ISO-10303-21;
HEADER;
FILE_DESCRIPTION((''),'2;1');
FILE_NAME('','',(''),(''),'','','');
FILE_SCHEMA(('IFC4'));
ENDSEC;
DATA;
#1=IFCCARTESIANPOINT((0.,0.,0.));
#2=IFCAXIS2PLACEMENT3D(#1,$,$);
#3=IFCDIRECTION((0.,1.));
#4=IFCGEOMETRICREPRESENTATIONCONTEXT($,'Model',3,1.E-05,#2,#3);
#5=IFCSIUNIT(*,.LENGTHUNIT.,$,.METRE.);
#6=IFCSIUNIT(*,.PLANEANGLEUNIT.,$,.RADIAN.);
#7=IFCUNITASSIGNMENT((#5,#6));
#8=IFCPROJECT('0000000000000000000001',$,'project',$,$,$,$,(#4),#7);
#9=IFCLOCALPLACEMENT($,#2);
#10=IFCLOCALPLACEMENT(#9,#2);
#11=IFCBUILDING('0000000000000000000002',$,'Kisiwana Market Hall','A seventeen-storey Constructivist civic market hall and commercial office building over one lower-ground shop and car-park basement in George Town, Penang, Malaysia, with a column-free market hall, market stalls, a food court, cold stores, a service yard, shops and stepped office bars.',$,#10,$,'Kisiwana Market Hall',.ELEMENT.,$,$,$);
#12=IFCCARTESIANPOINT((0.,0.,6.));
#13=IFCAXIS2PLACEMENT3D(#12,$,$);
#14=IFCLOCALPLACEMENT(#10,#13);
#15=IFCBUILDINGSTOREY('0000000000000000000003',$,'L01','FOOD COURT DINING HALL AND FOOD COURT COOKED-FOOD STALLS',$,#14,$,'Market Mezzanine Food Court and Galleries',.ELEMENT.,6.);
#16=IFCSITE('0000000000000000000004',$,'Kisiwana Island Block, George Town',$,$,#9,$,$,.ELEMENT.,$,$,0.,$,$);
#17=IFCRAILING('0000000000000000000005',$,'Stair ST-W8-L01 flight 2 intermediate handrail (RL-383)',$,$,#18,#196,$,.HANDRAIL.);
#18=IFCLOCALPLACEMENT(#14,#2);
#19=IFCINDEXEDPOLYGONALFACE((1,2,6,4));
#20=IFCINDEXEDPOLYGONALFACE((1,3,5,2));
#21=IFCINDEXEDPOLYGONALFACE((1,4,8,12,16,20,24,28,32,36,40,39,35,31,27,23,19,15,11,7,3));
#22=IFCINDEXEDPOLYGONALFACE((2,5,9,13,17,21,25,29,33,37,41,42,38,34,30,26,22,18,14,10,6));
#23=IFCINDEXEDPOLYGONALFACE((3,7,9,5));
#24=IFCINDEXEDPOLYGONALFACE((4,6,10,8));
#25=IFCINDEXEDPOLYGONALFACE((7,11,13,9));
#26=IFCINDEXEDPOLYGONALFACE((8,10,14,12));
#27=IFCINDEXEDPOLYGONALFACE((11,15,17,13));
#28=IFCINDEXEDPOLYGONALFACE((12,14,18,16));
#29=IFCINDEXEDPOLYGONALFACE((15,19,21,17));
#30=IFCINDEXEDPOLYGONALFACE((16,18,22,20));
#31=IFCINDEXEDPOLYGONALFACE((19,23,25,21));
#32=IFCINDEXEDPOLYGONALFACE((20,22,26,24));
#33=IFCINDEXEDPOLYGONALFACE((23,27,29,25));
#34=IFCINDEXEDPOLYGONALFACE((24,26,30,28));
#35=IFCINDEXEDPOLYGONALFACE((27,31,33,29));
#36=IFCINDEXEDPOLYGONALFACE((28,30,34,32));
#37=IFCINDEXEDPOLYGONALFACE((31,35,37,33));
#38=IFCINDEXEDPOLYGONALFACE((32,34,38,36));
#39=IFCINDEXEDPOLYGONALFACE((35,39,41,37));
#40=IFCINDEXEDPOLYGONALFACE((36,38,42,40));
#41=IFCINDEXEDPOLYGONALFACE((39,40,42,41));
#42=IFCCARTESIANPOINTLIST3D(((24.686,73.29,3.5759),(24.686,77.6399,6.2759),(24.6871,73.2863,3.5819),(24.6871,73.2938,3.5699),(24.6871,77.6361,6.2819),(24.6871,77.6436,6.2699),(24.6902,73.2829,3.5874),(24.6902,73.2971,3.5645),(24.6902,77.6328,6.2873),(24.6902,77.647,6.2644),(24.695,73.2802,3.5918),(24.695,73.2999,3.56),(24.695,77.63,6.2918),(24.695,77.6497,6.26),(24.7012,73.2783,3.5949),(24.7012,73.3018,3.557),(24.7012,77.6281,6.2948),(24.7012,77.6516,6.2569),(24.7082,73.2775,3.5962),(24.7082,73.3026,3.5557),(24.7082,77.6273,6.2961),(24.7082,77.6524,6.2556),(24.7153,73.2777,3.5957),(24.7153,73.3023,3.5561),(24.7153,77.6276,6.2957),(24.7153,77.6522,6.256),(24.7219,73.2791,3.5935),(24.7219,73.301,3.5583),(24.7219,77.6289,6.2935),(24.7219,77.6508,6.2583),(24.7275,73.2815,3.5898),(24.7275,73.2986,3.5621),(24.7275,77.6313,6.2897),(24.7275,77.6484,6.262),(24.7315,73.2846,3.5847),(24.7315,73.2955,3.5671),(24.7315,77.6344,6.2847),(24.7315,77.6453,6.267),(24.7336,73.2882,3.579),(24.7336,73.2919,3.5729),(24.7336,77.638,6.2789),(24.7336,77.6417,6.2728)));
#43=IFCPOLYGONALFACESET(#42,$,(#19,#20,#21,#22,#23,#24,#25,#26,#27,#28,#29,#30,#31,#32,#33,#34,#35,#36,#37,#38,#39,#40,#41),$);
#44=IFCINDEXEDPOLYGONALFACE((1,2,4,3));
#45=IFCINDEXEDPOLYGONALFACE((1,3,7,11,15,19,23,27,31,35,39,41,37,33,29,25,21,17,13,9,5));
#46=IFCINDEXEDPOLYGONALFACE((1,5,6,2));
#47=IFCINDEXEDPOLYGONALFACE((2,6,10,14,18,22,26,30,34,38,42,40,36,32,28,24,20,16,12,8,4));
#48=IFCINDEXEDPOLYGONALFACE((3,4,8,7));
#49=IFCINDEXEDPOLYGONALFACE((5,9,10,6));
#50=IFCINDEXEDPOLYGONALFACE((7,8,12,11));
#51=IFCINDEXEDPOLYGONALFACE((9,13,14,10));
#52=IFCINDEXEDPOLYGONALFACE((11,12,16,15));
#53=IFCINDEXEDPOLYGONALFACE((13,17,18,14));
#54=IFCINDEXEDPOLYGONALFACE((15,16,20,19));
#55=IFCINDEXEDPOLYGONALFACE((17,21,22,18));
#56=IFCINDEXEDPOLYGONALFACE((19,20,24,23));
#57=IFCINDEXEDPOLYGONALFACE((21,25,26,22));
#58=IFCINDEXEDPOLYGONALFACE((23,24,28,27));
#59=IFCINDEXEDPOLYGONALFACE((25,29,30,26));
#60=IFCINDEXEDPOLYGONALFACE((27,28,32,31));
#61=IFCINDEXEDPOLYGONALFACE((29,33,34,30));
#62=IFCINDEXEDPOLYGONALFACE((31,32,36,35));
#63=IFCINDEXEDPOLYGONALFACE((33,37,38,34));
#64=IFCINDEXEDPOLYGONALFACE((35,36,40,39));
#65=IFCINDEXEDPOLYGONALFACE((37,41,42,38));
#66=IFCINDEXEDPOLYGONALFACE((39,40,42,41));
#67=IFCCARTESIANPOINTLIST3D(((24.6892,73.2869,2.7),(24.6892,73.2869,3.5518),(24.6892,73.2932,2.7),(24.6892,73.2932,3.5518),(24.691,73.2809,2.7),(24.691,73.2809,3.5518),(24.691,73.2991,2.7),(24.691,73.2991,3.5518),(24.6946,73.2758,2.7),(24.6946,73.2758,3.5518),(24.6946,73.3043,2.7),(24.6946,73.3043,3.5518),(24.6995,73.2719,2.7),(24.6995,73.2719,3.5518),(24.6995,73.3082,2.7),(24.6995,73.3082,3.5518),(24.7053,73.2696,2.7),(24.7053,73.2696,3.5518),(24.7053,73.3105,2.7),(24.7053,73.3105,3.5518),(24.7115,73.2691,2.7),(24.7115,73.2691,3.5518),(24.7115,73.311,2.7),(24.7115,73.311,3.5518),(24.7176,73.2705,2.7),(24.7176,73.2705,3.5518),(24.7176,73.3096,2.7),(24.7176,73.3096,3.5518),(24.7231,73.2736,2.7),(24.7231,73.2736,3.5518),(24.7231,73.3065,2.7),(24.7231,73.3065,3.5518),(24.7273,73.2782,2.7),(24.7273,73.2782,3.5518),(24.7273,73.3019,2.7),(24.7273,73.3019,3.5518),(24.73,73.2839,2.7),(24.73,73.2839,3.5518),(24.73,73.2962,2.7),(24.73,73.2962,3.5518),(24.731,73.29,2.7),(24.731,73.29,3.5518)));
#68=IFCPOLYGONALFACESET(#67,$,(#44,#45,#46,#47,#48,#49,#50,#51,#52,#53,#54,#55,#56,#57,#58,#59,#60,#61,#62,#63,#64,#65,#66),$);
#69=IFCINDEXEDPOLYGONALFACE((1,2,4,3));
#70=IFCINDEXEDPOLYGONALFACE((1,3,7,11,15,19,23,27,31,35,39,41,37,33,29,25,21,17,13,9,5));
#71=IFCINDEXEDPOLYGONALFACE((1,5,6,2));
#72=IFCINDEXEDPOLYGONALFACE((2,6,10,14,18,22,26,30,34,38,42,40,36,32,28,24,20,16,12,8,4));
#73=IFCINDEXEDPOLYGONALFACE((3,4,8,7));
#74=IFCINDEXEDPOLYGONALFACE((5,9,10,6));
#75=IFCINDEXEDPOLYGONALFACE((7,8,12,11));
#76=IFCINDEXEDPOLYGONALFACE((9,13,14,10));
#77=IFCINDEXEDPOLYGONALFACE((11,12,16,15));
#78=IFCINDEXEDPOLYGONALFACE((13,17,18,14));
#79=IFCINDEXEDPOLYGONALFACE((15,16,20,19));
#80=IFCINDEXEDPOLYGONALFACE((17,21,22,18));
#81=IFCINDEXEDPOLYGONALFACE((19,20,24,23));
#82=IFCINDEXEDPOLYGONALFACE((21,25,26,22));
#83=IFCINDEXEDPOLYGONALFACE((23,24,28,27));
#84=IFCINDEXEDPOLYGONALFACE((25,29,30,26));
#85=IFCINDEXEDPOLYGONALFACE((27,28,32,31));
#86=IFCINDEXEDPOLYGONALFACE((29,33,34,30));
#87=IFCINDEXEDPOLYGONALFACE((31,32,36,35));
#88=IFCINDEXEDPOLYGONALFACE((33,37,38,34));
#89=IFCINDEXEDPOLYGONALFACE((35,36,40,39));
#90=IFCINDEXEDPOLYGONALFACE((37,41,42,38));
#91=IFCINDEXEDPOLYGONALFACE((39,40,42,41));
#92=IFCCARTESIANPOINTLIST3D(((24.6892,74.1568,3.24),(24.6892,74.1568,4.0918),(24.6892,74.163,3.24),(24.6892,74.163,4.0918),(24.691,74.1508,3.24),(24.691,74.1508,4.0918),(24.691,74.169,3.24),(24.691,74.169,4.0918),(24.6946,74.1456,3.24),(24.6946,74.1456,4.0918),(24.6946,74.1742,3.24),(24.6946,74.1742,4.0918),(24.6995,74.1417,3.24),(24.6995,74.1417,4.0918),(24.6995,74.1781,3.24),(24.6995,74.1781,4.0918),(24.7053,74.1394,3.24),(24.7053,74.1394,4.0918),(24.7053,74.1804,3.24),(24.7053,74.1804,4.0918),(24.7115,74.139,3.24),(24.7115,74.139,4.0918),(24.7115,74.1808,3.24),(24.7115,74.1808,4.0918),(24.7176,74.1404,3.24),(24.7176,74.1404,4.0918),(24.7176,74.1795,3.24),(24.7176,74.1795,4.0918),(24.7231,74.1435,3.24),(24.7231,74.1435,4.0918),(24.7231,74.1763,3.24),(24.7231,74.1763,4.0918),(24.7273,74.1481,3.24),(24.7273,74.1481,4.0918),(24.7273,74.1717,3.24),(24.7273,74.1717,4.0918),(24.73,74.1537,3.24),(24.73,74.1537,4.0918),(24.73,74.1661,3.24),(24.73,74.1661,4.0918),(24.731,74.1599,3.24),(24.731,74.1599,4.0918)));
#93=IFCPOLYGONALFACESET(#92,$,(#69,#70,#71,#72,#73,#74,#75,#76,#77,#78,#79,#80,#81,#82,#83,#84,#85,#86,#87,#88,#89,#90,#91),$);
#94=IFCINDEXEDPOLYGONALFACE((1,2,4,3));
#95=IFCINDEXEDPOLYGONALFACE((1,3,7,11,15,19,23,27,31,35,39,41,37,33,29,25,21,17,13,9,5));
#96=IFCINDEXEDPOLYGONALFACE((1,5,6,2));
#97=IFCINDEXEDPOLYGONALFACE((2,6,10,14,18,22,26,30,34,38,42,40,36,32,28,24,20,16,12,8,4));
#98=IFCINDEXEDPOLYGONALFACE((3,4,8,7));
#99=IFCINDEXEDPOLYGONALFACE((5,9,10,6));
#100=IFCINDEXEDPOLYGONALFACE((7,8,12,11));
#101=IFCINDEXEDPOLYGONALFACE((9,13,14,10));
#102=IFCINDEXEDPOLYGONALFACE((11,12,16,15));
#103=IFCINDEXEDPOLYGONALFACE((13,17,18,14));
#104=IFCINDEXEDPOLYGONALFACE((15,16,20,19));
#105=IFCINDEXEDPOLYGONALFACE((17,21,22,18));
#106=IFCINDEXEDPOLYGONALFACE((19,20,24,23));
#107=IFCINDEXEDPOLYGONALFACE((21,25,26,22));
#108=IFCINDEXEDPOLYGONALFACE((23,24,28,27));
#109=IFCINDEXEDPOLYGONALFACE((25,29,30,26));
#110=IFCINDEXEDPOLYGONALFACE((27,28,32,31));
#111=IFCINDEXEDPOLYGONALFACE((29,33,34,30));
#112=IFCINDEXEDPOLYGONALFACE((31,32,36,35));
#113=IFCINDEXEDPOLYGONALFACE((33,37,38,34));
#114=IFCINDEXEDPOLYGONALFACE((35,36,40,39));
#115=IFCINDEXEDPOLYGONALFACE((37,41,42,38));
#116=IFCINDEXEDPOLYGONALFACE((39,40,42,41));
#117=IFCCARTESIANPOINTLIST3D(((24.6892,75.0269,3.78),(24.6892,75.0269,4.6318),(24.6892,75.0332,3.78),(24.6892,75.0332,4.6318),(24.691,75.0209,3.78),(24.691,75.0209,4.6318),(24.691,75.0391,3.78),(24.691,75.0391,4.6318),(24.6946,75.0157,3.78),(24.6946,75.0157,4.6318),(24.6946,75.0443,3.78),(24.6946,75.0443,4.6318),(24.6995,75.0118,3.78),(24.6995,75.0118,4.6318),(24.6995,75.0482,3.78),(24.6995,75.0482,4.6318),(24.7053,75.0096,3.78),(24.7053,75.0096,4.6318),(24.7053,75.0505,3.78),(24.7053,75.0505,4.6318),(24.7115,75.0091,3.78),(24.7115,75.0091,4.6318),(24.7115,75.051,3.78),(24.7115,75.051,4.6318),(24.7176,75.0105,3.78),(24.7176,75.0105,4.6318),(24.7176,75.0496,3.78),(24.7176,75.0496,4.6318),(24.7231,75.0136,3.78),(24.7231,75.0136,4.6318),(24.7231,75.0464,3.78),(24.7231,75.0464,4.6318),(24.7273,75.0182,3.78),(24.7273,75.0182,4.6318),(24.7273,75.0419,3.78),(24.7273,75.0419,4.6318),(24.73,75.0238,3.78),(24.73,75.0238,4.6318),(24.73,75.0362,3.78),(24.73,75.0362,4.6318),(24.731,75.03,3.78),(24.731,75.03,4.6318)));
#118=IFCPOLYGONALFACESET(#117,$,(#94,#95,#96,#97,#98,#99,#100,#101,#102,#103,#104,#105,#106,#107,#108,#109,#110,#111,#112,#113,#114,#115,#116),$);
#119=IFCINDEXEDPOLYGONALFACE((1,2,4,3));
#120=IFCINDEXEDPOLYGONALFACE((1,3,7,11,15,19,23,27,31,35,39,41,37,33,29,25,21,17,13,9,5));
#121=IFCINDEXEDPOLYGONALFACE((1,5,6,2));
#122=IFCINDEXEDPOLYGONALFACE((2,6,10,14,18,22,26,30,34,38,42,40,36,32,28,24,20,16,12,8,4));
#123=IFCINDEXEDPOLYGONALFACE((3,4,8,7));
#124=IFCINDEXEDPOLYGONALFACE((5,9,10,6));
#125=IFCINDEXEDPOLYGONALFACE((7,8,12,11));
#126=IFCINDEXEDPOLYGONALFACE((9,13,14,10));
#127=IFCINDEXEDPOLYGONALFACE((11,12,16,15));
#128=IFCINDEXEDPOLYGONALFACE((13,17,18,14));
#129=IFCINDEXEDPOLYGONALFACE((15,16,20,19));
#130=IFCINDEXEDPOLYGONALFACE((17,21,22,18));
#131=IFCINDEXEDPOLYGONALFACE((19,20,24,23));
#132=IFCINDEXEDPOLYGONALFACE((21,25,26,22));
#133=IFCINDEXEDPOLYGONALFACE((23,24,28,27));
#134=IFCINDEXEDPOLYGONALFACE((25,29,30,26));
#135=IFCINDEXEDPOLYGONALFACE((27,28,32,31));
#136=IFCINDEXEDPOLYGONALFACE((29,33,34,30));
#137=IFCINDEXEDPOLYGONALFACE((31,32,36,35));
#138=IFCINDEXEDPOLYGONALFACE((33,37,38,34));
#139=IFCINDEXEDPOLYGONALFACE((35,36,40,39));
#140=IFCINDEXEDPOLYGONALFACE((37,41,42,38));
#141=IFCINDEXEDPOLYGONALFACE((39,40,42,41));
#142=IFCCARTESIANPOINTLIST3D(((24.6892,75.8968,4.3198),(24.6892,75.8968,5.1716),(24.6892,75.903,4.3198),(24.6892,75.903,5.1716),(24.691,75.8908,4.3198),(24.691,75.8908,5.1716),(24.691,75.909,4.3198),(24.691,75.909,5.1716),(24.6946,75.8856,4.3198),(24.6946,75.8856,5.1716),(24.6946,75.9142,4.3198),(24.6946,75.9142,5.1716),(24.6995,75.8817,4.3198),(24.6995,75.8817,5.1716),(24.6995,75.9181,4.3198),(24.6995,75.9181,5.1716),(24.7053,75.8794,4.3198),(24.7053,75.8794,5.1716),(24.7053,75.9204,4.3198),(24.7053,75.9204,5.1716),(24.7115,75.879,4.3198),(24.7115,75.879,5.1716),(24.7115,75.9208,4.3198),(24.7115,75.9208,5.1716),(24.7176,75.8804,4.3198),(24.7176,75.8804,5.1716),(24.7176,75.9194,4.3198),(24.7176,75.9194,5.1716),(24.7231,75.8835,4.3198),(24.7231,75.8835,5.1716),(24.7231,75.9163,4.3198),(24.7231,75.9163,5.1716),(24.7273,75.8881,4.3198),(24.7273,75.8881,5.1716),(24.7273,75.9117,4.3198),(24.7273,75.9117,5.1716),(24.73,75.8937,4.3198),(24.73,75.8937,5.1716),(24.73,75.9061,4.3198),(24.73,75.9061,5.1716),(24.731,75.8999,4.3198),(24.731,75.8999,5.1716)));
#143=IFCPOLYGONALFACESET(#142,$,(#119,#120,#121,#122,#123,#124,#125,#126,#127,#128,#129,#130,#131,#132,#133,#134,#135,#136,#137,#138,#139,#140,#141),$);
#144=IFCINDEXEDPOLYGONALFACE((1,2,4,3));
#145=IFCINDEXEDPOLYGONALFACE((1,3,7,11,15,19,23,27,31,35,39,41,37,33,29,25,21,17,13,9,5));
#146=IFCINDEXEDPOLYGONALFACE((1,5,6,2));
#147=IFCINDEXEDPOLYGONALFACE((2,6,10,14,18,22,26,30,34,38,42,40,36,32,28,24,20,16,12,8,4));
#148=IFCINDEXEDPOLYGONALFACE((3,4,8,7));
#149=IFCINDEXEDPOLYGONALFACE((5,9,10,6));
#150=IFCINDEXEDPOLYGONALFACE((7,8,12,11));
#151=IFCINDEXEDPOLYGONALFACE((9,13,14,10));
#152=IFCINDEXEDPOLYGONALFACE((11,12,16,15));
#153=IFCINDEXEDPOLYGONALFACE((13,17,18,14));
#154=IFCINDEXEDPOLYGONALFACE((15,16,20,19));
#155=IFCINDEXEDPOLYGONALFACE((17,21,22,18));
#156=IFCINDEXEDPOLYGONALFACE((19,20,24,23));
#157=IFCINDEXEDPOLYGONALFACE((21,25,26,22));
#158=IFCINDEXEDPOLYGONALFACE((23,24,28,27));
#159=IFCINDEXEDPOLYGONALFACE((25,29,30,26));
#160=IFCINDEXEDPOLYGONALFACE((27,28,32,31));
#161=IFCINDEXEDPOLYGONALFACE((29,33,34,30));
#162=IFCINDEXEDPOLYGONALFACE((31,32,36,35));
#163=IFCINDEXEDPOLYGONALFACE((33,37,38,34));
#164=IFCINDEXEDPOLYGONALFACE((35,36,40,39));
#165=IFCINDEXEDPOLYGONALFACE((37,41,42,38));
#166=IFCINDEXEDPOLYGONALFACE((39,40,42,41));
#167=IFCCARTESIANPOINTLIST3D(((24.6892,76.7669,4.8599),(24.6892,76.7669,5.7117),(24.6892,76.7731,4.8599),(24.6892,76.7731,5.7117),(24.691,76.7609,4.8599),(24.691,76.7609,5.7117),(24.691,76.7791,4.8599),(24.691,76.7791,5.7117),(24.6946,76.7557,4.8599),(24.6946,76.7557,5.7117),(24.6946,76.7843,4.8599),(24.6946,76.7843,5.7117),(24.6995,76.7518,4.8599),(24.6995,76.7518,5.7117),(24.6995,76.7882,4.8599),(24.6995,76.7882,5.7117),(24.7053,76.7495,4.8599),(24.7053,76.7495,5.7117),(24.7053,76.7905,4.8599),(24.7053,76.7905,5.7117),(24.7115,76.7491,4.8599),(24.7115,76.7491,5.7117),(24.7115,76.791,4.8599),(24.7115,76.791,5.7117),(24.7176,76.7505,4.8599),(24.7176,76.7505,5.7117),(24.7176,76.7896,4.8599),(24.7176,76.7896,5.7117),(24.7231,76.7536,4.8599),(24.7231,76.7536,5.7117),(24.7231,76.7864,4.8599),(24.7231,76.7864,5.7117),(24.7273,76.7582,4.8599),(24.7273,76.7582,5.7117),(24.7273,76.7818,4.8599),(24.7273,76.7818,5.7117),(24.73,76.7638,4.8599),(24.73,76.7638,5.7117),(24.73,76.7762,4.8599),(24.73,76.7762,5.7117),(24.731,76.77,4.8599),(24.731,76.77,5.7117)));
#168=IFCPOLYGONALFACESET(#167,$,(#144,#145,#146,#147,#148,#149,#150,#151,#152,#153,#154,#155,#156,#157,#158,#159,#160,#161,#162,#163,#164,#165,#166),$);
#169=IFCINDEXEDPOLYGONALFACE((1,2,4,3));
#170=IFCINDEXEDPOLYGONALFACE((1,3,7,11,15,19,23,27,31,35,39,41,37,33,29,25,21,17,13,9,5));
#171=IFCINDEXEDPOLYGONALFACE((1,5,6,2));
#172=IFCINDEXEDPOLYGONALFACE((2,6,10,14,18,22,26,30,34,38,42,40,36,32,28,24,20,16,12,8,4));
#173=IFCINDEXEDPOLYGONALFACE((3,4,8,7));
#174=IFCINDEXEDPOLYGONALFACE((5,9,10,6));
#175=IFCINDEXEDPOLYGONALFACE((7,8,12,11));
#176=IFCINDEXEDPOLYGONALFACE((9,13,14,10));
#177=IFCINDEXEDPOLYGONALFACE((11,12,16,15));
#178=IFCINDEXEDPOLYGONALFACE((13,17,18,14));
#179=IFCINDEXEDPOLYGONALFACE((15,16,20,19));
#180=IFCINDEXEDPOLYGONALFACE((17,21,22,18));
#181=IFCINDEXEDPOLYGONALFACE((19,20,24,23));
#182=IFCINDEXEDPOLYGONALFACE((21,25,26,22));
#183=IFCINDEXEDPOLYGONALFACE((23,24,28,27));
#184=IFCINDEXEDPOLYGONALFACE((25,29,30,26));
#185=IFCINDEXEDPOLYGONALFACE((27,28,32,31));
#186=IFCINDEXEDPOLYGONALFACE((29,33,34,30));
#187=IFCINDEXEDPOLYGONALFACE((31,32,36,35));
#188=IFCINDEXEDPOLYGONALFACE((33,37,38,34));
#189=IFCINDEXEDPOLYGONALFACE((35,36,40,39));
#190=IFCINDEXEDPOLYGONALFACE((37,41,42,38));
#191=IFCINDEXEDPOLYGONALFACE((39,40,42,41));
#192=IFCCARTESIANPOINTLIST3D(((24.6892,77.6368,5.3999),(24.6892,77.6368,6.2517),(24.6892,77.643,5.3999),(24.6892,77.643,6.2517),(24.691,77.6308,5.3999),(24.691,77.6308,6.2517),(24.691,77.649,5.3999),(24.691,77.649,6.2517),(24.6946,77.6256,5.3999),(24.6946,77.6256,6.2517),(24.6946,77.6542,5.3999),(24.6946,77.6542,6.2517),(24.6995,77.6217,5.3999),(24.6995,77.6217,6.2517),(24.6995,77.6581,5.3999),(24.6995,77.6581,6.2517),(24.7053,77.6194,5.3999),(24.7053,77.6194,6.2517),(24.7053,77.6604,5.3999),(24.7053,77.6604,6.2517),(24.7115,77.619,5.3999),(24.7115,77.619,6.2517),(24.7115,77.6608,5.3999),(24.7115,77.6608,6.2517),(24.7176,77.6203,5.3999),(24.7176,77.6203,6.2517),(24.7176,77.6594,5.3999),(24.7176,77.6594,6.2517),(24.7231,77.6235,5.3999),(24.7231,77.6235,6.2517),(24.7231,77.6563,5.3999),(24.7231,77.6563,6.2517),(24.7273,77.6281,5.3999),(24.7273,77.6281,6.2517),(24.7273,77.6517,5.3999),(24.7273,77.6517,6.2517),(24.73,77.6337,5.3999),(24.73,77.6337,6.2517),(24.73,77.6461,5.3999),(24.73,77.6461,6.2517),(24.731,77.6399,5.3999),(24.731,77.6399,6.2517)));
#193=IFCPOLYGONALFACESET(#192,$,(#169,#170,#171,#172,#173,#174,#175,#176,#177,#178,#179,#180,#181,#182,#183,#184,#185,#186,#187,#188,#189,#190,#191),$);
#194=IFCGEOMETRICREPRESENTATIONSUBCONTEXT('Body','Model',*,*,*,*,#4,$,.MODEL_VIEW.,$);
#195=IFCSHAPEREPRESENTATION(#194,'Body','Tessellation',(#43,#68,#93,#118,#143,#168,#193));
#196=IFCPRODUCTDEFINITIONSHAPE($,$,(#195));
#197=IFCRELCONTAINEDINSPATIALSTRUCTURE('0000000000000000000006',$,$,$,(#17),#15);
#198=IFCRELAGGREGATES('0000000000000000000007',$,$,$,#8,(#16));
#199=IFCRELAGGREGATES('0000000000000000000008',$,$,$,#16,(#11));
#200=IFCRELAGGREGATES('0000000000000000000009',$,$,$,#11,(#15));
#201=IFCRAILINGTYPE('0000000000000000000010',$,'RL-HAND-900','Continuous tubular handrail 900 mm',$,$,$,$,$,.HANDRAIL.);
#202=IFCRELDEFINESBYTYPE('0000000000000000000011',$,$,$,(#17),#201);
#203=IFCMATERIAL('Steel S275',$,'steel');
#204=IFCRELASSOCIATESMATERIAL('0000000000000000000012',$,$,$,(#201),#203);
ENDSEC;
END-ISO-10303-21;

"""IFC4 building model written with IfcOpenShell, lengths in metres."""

from ifc_helpers import new_model, si_unit, direction, frame, origin, origin_2d, place, context, subcontext, project, spatial, circle, extrude, material, type_object, element, save


model = new_model("IFC4")

# Units and contexts
model_context = context("Model", 3, precision=1e-05, world=origin(), true_north=direction((0.0, 1.0)))
body_context = subcontext(model_context, "Body", "Model", "MODEL_VIEW")
ifc_project = project(units=[si_unit("LENGTHUNIT", "METRE"), si_unit("PLANEANGLEUNIT", "RADIAN")], contexts=[model_context])

# Site, building, storey
site_placement = place(None, origin())
site = spatial("IfcSite", under=ifc_project, at=site_placement, Name="Kisiwana Island Block, George Town", CompositionType="ELEMENT", RefElevation=0.0)
building_placement = place(site_placement, origin())
building = spatial("IfcBuilding", under=site, at=building_placement, Name="Kisiwana Market Hall", Description="A seventeen-storey Constructivist civic market hall and commercial office building over one lower-ground shop and car-park basement in George Town, Penang, Malaysia, with a column-free market hall, market stalls, a food court, cold stores, a service yard, shops and stepped office bars.", LongName="Kisiwana Market Hall", CompositionType="ELEMENT")
storey_placement = place(building_placement, frame((0.0, 0.0, 6.0)))
storey = spatial("IfcBuildingStorey", under=building, at=storey_placement, Name="L01", Description="FOOD COURT DINING HALL AND FOOD COURT COOKED-FOOD STALLS", LongName="Market Mezzanine Food Court and Galleries", CompositionType="ELEMENT", Elevation=6.0)

# Railing
ifc_material_1 = material(Name="Steel S275", Category="steel")
railing_type_1 = type_object("IfcRailingType", Name="RL-HAND-900", Description="Continuous tubular handrail 900 mm", PredefinedType="HANDRAIL", material=ifc_material_1)
railing_1_placement = place(storey_placement, frame((24.71, 73.29, 2.7)))
element("IfcRailing", 1, at=railing_1_placement, inside=storey, type_object=railing_type_1, Name="Stair ST-W8-L01 flight 2 intermediate handrail (RL-383)", PredefinedType="HANDRAIL", context=body_context, shape_type="SweptSolid", body=[
    extrude(circle(Radius=0.0239, at=origin_2d()), frame((0.0, 0.0, 0.876), z_axis=(0.0, 0.849636, 0.527369), x_axis=(-1.0, 0.0, 0.0)), (0.0, 0.0, 1.0), 5.1196),
    extrude(circle(Radius=0.021, at=origin_2d()), origin(), (0.0, 0.0, 1.0), 0.8518),
    extrude(circle(Radius=0.021, at=origin_2d()), frame((0.0, 0.8699, 0.54)), (0.0, 0.0, 1.0), 0.8518),
    extrude(circle(Radius=0.021, at=origin_2d()), frame((0.0, 1.74, 1.0801)), (0.0, 0.0, 1.0), 0.8518),
    extrude(circle(Radius=0.021, at=origin_2d()), frame((0.0, 2.6099, 1.6199)), (0.0, 0.0, 1.0), 0.8518),
    extrude(circle(Radius=0.021, at=origin_2d()), frame((0.0, 3.48, 2.1599)), (0.0, 0.0, 1.0), 0.8518),
    extrude(circle(Radius=0.021, at=origin_2d()), frame((0.0, 4.3499, 2.7)), (0.0, 0.0, 1.0), 0.8518),
])

save(model, "model.ifc")
